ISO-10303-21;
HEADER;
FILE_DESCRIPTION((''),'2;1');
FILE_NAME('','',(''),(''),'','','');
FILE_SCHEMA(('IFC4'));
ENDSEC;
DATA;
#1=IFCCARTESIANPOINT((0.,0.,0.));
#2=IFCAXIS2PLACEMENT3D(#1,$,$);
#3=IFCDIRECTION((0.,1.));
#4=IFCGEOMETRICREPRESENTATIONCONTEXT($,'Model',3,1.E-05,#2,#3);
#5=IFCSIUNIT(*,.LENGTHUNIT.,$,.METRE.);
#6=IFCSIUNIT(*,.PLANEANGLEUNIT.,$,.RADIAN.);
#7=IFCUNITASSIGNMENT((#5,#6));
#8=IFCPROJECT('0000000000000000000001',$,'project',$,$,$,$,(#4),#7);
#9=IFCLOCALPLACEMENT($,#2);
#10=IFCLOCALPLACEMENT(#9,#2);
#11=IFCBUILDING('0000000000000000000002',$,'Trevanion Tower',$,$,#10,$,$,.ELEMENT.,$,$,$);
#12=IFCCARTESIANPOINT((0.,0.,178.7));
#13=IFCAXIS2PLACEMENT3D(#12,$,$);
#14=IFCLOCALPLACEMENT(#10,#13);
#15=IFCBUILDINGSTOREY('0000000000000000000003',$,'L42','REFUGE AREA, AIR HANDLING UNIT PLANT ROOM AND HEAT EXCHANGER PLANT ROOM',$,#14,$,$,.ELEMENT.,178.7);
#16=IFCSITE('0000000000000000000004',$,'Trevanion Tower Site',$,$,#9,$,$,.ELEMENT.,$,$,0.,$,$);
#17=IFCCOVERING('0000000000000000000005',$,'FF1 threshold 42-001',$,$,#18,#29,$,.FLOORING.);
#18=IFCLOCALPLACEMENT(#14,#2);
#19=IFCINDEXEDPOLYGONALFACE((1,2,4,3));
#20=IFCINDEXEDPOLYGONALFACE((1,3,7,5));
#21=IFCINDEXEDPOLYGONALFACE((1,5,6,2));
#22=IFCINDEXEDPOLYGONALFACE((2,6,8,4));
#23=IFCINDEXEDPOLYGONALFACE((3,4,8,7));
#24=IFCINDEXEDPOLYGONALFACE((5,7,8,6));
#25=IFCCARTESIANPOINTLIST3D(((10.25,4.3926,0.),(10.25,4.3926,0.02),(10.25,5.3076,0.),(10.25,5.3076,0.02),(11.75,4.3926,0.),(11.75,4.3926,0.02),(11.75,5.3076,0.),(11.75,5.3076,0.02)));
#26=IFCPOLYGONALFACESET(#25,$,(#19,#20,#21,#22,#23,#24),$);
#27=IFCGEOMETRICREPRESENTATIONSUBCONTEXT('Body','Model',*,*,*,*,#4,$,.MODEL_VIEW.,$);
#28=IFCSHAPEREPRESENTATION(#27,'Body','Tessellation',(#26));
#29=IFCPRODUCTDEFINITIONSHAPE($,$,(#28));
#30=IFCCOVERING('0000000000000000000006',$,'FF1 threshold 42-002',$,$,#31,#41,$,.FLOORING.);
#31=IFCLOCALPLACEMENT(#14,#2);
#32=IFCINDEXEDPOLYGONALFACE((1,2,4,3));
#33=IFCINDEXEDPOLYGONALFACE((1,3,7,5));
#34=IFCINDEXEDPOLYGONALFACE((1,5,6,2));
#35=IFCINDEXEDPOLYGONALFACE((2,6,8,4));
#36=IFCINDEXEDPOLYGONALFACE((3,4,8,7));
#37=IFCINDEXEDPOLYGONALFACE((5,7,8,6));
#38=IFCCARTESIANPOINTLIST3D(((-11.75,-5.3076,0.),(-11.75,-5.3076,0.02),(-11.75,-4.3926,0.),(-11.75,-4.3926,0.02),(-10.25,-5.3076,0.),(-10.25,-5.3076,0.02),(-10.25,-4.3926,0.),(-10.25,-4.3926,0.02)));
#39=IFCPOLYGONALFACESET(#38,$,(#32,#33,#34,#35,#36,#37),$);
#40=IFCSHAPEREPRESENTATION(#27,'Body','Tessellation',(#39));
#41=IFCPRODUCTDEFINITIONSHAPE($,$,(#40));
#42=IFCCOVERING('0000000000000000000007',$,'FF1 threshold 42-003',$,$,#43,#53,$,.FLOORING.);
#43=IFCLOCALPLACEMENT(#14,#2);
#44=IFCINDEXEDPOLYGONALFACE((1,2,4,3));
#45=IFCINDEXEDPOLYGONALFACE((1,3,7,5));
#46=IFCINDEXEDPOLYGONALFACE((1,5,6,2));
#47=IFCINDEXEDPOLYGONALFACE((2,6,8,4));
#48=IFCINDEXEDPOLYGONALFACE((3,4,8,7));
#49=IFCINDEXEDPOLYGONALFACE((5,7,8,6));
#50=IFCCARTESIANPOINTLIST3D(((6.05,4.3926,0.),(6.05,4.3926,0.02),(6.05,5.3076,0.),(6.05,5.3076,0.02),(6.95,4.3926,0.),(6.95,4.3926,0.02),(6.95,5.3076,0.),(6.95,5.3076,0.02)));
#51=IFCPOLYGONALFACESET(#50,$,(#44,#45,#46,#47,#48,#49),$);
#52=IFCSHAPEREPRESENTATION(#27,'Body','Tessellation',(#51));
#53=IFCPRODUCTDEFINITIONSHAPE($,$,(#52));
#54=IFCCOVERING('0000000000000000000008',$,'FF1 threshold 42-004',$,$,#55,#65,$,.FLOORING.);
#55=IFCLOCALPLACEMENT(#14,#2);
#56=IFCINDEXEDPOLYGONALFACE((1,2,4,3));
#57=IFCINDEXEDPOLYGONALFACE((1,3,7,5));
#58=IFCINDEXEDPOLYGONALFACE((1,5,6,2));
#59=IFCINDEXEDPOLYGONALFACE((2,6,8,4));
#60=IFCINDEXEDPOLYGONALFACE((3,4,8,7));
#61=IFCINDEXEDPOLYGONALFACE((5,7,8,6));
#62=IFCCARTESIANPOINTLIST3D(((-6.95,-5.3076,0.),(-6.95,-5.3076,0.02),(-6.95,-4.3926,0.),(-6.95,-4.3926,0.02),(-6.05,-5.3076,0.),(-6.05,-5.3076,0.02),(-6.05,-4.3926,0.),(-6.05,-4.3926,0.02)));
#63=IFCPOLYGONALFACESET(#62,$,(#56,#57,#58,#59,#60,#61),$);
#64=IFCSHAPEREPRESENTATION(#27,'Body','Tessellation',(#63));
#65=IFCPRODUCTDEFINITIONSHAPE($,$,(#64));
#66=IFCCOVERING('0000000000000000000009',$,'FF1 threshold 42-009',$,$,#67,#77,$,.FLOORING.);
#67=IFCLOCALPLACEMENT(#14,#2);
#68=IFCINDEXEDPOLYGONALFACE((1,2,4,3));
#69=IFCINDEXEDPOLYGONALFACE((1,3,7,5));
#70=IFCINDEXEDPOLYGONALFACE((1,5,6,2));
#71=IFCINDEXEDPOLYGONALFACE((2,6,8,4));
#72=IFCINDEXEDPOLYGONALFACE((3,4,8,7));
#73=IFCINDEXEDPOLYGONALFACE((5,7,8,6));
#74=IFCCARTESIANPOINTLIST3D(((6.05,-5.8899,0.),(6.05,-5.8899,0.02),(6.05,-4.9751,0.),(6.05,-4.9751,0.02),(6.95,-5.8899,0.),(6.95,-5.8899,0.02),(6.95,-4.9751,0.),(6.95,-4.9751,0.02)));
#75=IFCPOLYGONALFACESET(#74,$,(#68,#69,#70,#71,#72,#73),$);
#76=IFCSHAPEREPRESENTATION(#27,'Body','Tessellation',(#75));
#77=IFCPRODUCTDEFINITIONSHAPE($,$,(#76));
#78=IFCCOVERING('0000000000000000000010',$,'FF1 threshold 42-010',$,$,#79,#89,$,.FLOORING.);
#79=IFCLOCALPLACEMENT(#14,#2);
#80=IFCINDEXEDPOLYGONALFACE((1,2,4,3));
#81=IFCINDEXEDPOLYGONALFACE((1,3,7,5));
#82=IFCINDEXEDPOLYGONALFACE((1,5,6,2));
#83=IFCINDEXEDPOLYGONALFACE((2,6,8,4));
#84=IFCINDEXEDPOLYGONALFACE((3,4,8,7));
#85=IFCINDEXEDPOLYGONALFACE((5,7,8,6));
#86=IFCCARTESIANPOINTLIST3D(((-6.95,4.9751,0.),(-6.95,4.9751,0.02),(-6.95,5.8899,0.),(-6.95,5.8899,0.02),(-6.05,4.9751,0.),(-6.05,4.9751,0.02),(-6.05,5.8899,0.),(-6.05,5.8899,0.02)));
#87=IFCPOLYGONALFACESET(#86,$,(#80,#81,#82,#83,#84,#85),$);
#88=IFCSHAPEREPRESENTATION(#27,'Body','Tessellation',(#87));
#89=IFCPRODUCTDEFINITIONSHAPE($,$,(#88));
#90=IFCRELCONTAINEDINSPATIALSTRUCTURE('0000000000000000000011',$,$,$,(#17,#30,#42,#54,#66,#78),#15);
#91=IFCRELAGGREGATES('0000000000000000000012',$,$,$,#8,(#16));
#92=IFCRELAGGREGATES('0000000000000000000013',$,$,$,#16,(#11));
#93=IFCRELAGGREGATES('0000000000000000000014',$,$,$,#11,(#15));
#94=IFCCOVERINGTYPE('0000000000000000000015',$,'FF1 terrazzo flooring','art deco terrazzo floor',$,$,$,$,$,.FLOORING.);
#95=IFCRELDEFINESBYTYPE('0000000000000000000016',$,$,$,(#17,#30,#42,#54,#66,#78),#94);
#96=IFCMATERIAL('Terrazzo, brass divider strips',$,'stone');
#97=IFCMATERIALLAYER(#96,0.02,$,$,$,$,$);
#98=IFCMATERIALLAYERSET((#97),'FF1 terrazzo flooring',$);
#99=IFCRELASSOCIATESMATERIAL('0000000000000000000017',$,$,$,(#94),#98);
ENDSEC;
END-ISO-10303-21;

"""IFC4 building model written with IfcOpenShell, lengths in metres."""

from ifc_helpers import new_model, si_unit, direction, frame, origin, place, context, subcontext, project, spatial, polyline, outline, extrude, material, layer, layer_set, type_object, element, save


model = new_model("IFC4")

# Units and contexts
model_context = context("Model", 3, precision=1e-05, world=origin(), true_north=direction((0.0, 1.0)))
body_context = subcontext(model_context, "Body", "Model", "MODEL_VIEW")
ifc_project = project(units=[si_unit("LENGTHUNIT", "METRE"), si_unit("PLANEANGLEUNIT", "RADIAN")], contexts=[model_context])

# Site, building, storey
site_placement = place(None, origin())
site = spatial("IfcSite", under=ifc_project, at=site_placement, Name="Trevanion Tower Site", CompositionType="ELEMENT", RefElevation=0.0)
building_placement = place(site_placement, origin())
building = spatial("IfcBuilding", under=site, at=building_placement, Name="Trevanion Tower", CompositionType="ELEMENT")
storey_placement = place(building_placement, frame((0.0, 0.0, 178.7)))
storey = spatial("IfcBuildingStorey", under=building, at=storey_placement, Name="L42", Description="REFUGE AREA, AIR HANDLING UNIT PLANT ROOM AND HEAT EXCHANGER PLANT ROOM", CompositionType="ELEMENT", Elevation=178.7)

# Coverings
ifc_material_1 = material(Name="Terrazzo, brass divider strips", Category="stone")
ifc_layer_1 = layer(ifc_material_1, 0.02)
ifc_layer_set_1 = layer_set([ifc_layer_1], Name="FF1 terrazzo flooring")
covering_type = type_object("IfcCoveringType", Name="FF1 terrazzo flooring", Description="art deco terrazzo floor", PredefinedType="FLOORING", material=ifc_layer_set_1)
covering_1_placement = place(storey_placement, origin())
element("IfcCovering", 1, at=covering_1_placement, inside=storey, type_object=covering_type, Name="FF1 threshold 42-001", PredefinedType="FLOORING", context=body_context, shape_type="SweptSolid", body=[
    extrude(outline(polyline([(11.75, 4.3926), (11.75, 5.3076), (10.25, 5.3076), (10.25, 4.3926), (11.75, 4.3926)])), origin(), (0.0, 0.0, 1.0), 0.02),
])
covering_2_placement = place(storey_placement, origin())
element("IfcCovering", 2, at=covering_2_placement, inside=storey, type_object=covering_type, Name="FF1 threshold 42-002", PredefinedType="FLOORING", context=body_context, shape_type="SweptSolid", body=[
    extrude(outline(polyline([(-11.75, -4.3926), (-11.75, -5.3076), (-10.25, -5.3076), (-10.25, -4.3926), (-11.75, -4.3926)])), origin(), (0.0, 0.0, 1.0), 0.02),
])
covering_3_placement = place(storey_placement, origin())
element("IfcCovering", 3, at=covering_3_placement, inside=storey, type_object=covering_type, Name="FF1 threshold 42-003", PredefinedType="FLOORING", context=body_context, shape_type="SweptSolid", body=[
    extrude(outline(polyline([(6.95, 4.3926), (6.95, 5.3076), (6.05, 5.3076), (6.05, 4.3926), (6.95, 4.3926)])), origin(), (0.0, 0.0, 1.0), 0.02),
])
covering_4_placement = place(storey_placement, origin())
element("IfcCovering", 4, at=covering_4_placement, inside=storey, type_object=covering_type, Name="FF1 threshold 42-004", PredefinedType="FLOORING", context=body_context, shape_type="SweptSolid", body=[
    extrude(outline(polyline([(-6.95, -4.3926), (-6.95, -5.3076), (-6.05, -5.3076), (-6.05, -4.3926), (-6.95, -4.3926)])), origin(), (0.0, 0.0, 1.0), 0.02),
])
covering_5_placement = place(storey_placement, origin())
element("IfcCovering", 5, at=covering_5_placement, inside=storey, type_object=covering_type, Name="FF1 threshold 42-009", PredefinedType="FLOORING", context=body_context, shape_type="SweptSolid", body=[
    extrude(outline(polyline([(6.95, -5.8899), (6.95, -4.9751), (6.05, -4.9751), (6.05, -5.8899), (6.95, -5.8899)])), origin(), (0.0, 0.0, 1.0), 0.02),
])
covering_6_placement = place(storey_placement, origin())
element("IfcCovering", 6, at=covering_6_placement, inside=storey, type_object=covering_type, Name="FF1 threshold 42-010", PredefinedType="FLOORING", context=body_context, shape_type="SweptSolid", body=[
    extrude(outline(polyline([(-6.95, 5.8899), (-6.95, 4.9751), (-6.05, 4.9751), (-6.05, 5.8899), (-6.95, 5.8899)])), origin(), (0.0, 0.0, 1.0), 0.02),
])

save(model, "model.ifc")
